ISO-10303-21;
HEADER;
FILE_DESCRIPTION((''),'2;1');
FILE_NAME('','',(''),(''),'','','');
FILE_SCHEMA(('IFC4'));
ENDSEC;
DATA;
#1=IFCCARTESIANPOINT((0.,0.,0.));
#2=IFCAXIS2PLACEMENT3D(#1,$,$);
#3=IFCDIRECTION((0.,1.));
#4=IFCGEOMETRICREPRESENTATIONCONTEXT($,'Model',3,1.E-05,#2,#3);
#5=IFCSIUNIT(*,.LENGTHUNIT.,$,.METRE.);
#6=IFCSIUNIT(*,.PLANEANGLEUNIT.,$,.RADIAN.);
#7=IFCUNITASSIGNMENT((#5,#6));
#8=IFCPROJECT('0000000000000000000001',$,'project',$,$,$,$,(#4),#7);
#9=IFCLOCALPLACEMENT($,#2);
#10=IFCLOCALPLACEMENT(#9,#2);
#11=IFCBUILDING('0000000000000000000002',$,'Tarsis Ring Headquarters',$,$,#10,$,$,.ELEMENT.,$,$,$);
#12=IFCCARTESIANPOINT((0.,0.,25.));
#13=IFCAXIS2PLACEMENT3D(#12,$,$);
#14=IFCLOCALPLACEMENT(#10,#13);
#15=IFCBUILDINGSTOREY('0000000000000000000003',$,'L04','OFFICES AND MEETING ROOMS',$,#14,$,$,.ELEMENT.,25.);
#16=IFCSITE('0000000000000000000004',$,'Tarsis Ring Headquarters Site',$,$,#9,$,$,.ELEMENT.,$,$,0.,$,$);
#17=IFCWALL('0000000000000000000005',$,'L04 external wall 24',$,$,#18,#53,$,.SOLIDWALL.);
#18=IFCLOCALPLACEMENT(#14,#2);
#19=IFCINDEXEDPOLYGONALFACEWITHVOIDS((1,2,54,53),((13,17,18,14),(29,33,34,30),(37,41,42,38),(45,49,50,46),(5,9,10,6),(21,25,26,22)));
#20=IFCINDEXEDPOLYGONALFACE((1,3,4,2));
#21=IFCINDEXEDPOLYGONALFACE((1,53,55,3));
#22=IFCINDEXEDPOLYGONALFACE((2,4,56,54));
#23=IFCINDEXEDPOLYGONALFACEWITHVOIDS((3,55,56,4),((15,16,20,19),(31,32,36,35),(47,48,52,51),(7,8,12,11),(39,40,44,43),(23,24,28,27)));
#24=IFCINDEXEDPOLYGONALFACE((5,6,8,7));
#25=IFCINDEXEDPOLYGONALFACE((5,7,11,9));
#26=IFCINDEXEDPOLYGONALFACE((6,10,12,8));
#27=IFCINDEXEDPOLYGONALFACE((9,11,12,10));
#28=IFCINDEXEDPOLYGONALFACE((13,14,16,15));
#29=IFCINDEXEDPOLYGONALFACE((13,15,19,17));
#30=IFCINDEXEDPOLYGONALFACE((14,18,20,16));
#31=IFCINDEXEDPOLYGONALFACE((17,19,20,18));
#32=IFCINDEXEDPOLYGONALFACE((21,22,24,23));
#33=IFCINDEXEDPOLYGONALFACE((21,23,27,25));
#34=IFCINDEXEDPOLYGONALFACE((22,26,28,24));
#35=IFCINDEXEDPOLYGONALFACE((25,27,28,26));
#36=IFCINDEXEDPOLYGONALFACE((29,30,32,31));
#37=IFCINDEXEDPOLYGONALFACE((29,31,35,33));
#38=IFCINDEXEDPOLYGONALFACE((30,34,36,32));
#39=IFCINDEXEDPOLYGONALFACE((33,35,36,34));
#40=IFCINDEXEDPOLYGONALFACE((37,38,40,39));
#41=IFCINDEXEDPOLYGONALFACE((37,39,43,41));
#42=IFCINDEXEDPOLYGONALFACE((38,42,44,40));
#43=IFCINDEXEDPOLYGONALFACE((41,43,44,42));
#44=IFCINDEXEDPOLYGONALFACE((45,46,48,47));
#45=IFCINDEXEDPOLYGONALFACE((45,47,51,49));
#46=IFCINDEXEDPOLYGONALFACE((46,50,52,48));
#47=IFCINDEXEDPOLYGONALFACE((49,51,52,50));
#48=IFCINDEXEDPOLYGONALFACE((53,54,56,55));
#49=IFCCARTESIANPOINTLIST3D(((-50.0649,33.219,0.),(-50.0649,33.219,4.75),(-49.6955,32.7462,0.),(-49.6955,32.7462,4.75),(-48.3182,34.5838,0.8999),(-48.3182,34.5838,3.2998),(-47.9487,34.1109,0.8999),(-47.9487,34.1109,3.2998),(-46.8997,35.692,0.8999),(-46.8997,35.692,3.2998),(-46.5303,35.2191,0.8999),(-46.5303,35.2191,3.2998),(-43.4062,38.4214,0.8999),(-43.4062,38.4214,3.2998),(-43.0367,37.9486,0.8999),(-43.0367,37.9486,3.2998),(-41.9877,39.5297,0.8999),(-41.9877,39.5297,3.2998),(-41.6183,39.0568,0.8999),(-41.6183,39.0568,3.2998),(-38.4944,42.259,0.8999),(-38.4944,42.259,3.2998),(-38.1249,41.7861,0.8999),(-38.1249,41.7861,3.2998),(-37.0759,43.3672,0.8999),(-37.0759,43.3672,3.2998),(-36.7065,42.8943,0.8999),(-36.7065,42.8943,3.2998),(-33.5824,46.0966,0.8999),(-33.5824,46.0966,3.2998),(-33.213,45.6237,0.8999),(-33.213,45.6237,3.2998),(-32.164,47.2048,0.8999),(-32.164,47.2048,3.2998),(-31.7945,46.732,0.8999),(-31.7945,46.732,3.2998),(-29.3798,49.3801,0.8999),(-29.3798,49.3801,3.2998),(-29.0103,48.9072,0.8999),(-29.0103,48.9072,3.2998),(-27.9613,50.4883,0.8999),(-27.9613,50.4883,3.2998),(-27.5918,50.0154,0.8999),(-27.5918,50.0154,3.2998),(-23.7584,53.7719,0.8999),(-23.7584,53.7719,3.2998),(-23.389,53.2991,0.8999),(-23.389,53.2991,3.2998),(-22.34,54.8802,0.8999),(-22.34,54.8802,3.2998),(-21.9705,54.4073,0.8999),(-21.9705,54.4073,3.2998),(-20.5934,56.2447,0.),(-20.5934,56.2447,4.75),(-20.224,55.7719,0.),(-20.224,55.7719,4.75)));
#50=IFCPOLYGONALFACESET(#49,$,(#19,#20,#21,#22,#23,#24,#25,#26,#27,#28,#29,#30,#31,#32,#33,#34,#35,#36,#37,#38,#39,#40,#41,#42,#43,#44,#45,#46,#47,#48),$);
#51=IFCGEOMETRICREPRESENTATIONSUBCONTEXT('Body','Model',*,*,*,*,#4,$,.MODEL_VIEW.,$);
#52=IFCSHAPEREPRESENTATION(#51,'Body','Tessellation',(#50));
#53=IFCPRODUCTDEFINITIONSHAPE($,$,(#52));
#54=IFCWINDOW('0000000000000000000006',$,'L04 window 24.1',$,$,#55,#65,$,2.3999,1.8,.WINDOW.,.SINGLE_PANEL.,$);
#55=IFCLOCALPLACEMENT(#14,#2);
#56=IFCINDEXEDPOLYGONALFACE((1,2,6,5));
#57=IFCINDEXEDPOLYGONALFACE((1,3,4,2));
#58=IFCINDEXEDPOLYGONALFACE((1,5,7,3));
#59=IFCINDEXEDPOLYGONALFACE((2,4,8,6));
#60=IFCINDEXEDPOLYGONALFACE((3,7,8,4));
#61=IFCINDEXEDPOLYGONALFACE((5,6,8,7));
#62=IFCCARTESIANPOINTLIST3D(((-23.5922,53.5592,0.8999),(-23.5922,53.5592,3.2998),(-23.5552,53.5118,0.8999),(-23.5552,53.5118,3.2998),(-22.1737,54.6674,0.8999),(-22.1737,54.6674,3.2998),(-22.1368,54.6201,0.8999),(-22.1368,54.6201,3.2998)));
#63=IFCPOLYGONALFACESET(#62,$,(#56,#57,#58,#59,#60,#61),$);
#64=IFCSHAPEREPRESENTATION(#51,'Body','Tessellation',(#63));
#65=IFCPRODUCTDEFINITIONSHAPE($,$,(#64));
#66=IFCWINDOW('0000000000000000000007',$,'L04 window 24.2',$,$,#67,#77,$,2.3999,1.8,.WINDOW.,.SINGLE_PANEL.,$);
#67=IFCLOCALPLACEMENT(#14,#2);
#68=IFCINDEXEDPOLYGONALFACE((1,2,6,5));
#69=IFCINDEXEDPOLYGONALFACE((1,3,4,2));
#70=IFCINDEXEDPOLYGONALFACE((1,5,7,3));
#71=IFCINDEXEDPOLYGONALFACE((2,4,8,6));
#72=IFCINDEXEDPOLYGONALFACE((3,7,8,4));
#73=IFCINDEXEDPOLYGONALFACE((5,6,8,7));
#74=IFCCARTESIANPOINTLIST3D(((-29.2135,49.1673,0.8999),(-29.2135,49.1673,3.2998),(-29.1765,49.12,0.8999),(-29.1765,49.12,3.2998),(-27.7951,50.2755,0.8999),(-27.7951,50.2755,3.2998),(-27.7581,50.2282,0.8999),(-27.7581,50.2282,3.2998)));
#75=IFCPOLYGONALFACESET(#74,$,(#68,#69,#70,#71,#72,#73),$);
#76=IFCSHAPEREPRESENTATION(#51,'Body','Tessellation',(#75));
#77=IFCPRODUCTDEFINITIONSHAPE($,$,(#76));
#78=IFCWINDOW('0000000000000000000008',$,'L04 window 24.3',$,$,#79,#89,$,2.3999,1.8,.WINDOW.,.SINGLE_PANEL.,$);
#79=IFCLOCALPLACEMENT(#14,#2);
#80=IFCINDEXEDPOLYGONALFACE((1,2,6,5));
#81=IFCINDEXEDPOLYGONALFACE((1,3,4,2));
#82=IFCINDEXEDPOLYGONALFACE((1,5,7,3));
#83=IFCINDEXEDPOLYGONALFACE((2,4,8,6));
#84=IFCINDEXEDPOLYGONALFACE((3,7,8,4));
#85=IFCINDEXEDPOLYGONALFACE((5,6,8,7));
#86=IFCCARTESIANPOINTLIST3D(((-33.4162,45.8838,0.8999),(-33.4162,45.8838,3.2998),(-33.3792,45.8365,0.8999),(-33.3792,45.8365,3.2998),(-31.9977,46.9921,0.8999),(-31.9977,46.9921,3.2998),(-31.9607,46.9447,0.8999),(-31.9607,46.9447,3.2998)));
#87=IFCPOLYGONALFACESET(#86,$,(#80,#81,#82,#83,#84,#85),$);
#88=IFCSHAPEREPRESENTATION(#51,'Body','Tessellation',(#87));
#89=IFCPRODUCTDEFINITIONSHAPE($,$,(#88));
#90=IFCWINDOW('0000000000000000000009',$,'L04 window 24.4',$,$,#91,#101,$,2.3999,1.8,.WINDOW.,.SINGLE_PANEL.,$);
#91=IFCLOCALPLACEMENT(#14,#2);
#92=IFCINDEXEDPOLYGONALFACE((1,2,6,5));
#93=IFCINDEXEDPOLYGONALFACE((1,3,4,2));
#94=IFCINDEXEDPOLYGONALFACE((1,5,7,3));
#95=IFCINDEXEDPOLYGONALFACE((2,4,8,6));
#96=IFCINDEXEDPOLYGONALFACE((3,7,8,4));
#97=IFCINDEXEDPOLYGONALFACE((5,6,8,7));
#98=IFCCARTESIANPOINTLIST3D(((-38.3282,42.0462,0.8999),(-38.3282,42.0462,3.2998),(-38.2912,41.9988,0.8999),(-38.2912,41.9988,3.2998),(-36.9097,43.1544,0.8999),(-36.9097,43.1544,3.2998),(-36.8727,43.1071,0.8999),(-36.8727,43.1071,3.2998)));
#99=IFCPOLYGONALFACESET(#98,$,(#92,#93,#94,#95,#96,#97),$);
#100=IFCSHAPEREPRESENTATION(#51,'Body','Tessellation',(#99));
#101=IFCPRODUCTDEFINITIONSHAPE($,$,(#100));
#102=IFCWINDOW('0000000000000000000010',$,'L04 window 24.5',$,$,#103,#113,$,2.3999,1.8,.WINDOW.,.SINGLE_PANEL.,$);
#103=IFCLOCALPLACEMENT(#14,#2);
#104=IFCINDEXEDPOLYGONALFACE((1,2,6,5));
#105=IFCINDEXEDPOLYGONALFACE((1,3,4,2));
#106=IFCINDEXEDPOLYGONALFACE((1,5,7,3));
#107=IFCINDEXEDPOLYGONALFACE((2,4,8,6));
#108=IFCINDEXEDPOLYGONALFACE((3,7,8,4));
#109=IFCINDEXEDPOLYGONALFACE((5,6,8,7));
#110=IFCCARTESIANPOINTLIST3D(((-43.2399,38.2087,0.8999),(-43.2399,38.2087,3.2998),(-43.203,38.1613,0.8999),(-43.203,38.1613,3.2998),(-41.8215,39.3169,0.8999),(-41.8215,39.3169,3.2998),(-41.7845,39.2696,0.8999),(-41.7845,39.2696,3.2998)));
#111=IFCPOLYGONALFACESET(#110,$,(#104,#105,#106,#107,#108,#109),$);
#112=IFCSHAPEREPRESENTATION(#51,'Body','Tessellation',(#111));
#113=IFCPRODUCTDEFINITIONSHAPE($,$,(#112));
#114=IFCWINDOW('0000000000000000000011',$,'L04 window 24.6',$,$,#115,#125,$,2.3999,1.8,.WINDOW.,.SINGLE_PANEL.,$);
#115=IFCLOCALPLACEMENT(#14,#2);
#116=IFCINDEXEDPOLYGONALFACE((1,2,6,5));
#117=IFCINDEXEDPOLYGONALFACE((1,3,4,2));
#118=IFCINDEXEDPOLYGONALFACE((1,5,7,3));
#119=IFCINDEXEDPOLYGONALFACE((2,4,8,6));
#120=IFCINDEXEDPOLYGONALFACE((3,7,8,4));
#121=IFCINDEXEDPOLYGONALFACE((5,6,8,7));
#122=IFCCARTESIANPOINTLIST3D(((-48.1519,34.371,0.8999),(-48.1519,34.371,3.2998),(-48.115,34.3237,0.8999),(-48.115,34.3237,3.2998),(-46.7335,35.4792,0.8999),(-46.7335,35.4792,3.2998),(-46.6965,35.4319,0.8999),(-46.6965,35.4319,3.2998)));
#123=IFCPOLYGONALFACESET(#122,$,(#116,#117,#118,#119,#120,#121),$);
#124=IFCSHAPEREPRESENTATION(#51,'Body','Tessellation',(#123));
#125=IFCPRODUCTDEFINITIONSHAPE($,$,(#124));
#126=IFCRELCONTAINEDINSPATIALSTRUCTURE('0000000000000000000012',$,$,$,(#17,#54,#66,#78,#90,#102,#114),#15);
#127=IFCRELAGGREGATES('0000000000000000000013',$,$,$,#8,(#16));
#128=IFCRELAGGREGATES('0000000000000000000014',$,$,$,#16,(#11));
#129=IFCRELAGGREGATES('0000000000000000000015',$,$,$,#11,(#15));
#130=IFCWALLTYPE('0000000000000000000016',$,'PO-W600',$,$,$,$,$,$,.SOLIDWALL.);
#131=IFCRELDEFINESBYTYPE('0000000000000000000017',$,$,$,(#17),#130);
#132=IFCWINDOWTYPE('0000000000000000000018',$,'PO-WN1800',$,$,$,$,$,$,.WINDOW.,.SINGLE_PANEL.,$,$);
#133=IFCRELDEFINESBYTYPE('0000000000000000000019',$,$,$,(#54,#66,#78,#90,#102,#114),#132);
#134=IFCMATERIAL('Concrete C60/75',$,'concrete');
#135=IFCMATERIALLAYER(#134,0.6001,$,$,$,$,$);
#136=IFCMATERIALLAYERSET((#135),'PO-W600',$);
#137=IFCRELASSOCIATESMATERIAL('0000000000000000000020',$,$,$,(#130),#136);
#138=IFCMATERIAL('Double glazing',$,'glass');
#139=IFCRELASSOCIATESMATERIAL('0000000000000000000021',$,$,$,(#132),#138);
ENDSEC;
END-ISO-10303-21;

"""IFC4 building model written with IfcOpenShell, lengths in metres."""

from ifc_helpers import new_model, si_unit, direction, frame, frame_2d, origin, place, context, subcontext, project, spatial, rectangle, extrude, material, layer, layer_set, type_object, element, fill, save


model = new_model("IFC4")

# Units and contexts
model_context = context("Model", 3, precision=1e-05, world=origin(), true_north=direction((0.0, 1.0)))
body_context = subcontext(model_context, "Body", "Model", "MODEL_VIEW")
ifc_project = project(units=[si_unit("LENGTHUNIT", "METRE"), si_unit("PLANEANGLEUNIT", "RADIAN")], contexts=[model_context])

# Site, building, storey
site_placement = place(None, origin())
site = spatial("IfcSite", under=ifc_project, at=site_placement, Name="Tarsis Ring Headquarters Site", CompositionType="ELEMENT", RefElevation=0.0)
building_placement = place(site_placement, origin())
building = spatial("IfcBuilding", under=site, at=building_placement, Name="Tarsis Ring Headquarters", CompositionType="ELEMENT")
storey_placement = place(building_placement, frame((0.0, 0.0, 25.0)))
storey = spatial("IfcBuildingStorey", under=building, at=storey_placement, Name="L04", Description="OFFICES AND MEETING ROOMS", CompositionType="ELEMENT", Elevation=25.0)

# Shared definitions
ifc_material_1 = material(Name="Concrete C60/75", Category="concrete")

# Wall, openings, windows
ifc_layer_1 = layer(ifc_material_1, 0.6001)
ifc_layer_set_1 = layer_set([ifc_layer_1], Name="PO-W600")
wall_type_1 = type_object("IfcWallType", Name="PO-W600", PredefinedType="SOLIDWALL", material=ifc_layer_set_1)
wall_1_placement = place(storey_placement, frame((-20.4087, 56.0083, 0.0), z_axis=(0.0, 0.0, 1.0), x_axis=(-0.78801, -0.615662, 0.0)))
wall_1 = element("IfcWall", 1, at=wall_1_placement, inside=storey, type_object=wall_type_1, Name="L04 external wall 24", PredefinedType="SOLIDWALL", context=body_context, shape_type="SweptSolid", body=[
    extrude(rectangle(XDim=37.3999, YDim=0.6001, at=frame_2d((18.7, 0.0))), origin(), (0.0, 0.0, 1.0), 4.75),
])
opening_1_placement = place(wall_1_placement, frame((2.2166, 0.0, 0.8999)))
opening_1 = element("IfcOpeningElement", 2, at=opening_1_placement, cuts=wall_1, PredefinedType="OPENING", context=body_context, shape_type="SweptSolid", body=[
    extrude(rectangle(XDim=1.8, YDim=2.3999, at=frame_2d((0.8999, 1.2))), frame((0.0, 0.3101, 0.0), z_axis=(0.0, -1.0, 0.0), x_axis=(1.0, 0.0, 0.0)), (0.0, 0.0, 1.0), 0.6201),
])
opening_2_placement = place(wall_1_placement, frame((9.3501, 0.0, 0.8999)))
opening_2 = element("IfcOpeningElement", 3, at=opening_2_placement, cuts=wall_1, PredefinedType="OPENING", context=body_context, shape_type="SweptSolid", body=[
    extrude(rectangle(XDim=1.8, YDim=2.3999, at=frame_2d((0.8999, 1.2))), frame((0.0, 0.3101, 0.0), z_axis=(0.0, -1.0, 0.0), x_axis=(1.0, 0.0, 0.0)), (0.0, 0.0, 1.0), 0.6201),
])
opening_3_placement = place(wall_1_placement, frame((14.6833, 0.0, 0.8999)))
opening_3 = element("IfcOpeningElement", 4, at=opening_3_placement, cuts=wall_1, PredefinedType="OPENING", context=body_context, shape_type="SweptSolid", body=[
    extrude(rectangle(XDim=1.8, YDim=2.3999, at=frame_2d((0.8999, 1.2))), frame((0.0, 0.3101, 0.0), z_axis=(0.0, -1.0, 0.0), x_axis=(1.0, 0.0, 0.0)), (0.0, 0.0, 1.0), 0.6201),
])
opening_4_placement = place(wall_1_placement, frame((20.9167, 0.0, 0.8999)))
opening_4 = element("IfcOpeningElement", 5, at=opening_4_placement, cuts=wall_1, PredefinedType="OPENING", context=body_context, shape_type="SweptSolid", body=[
    extrude(rectangle(XDim=1.8, YDim=2.3999, at=frame_2d((0.8999, 1.2))), frame((0.0, 0.3101, 0.0), z_axis=(0.0, -1.0, 0.0), x_axis=(1.0, 0.0, 0.0)), (0.0, 0.0, 1.0), 0.6201),
])
opening_5_placement = place(wall_1_placement, frame((27.1499, 0.0, 0.8999)))
opening_5 = element("IfcOpeningElement", 6, at=opening_5_placement, cuts=wall_1, PredefinedType="OPENING", context=body_context, shape_type="SweptSolid", body=[
    extrude(rectangle(XDim=1.8, YDim=2.3999, at=frame_2d((0.8999, 1.2))), frame((0.0, 0.3101, 0.0), z_axis=(0.0, -1.0, 0.0), x_axis=(1.0, 0.0, 0.0)), (0.0, 0.0, 1.0), 0.6201),
])
opening_6_placement = place(wall_1_placement, frame((33.3833, 0.0, 0.8999)))
opening_6 = element("IfcOpeningElement", 7, at=opening_6_placement, cuts=wall_1, PredefinedType="OPENING", context=body_context, shape_type="SweptSolid", body=[
    extrude(rectangle(XDim=1.8, YDim=2.3999, at=frame_2d((0.8999, 1.2))), frame((0.0, 0.3101, 0.0), z_axis=(0.0, -1.0, 0.0), x_axis=(1.0, 0.0, 0.0)), (0.0, 0.0, 1.0), 0.6201),
])
ifc_material_2 = material(Name="Double glazing", Category="glass")
window_type = type_object("IfcWindowType", Name="PO-WN1800", PartitioningType="SINGLE_PANEL", PredefinedType="WINDOW", material=ifc_material_2)
window_1_placement = place(opening_1_placement, origin())
window_1 = element("IfcWindow", 8, at=window_1_placement, inside=storey, type_object=window_type, Name="L04 window 24.1", OverallHeight=2.3999, OverallWidth=1.8, PartitioningType="SINGLE_PANEL", PredefinedType="WINDOW", context=body_context, shape_type="SweptSolid", body=[
    extrude(rectangle(XDim=1.8, YDim=2.3999, at=frame_2d((0.8999, 1.2))), frame((0.0, 0.03, 0.0), z_axis=(0.0, -1.0, 0.0), x_axis=(1.0, 0.0, 0.0)), (0.0, 0.0, 1.0), 0.0601),
])
fill(opening_1, window_1)
window_2_placement = place(opening_2_placement, origin())
window_2 = element("IfcWindow", 9, at=window_2_placement, inside=storey, type_object=window_type, Name="L04 window 24.2", OverallHeight=2.3999, OverallWidth=1.8, PartitioningType="SINGLE_PANEL", PredefinedType="WINDOW", context=body_context, shape_type="SweptSolid", body=[
    extrude(rectangle(XDim=1.8, YDim=2.3999, at=frame_2d((0.8999, 1.2))), frame((0.0, 0.03, 0.0), z_axis=(0.0, -1.0, 0.0), x_axis=(1.0, 0.0, 0.0)), (0.0, 0.0, 1.0), 0.0601),
])
fill(opening_2, window_2)
window_3_placement = place(opening_3_placement, origin())
window_3 = element("IfcWindow", 10, at=window_3_placement, inside=storey, type_object=window_type, Name="L04 window 24.3", OverallHeight=2.3999, OverallWidth=1.8, PartitioningType="SINGLE_PANEL", PredefinedType="WINDOW", context=body_context, shape_type="SweptSolid", body=[
    extrude(rectangle(XDim=1.8, YDim=2.3999, at=frame_2d((0.8999, 1.2))), frame((0.0, 0.03, 0.0), z_axis=(0.0, -1.0, 0.0), x_axis=(1.0, 0.0, 0.0)), (0.0, 0.0, 1.0), 0.0601),
])
fill(opening_3, window_3)
window_4_placement = place(opening_4_placement, origin())
window_4 = element("IfcWindow", 11, at=window_4_placement, inside=storey, type_object=window_type, Name="L04 window 24.4", OverallHeight=2.3999, OverallWidth=1.8, PartitioningType="SINGLE_PANEL", PredefinedType="WINDOW", context=body_context, shape_type="SweptSolid", body=[
    extrude(rectangle(XDim=1.8, YDim=2.3999, at=frame_2d((0.8999, 1.2))), frame((0.0, 0.03, 0.0), z_axis=(0.0, -1.0, 0.0), x_axis=(1.0, 0.0, 0.0)), (0.0, 0.0, 1.0), 0.0601),
])
fill(opening_4, window_4)
window_5_placement = place(opening_5_placement, origin())
window_5 = element("IfcWindow", 12, at=window_5_placement, inside=storey, type_object=window_type, Name="L04 window 24.5", OverallHeight=2.3999, OverallWidth=1.8, PartitioningType="SINGLE_PANEL", PredefinedType="WINDOW", context=body_context, shape_type="SweptSolid", body=[
    extrude(rectangle(XDim=1.8, YDim=2.3999, at=frame_2d((0.8999, 1.2))), frame((0.0, 0.03, 0.0), z_axis=(0.0, -1.0, 0.0), x_axis=(1.0, 0.0, 0.0)), (0.0, 0.0, 1.0), 0.0601),
])
fill(opening_5, window_5)
window_6_placement = place(opening_6_placement, origin())
window_6 = element("IfcWindow", 13, at=window_6_placement, inside=storey, type_object=window_type, Name="L04 window 24.6", OverallHeight=2.3999, OverallWidth=1.8, PartitioningType="SINGLE_PANEL", PredefinedType="WINDOW", context=body_context, shape_type="SweptSolid", body=[
    extrude(rectangle(XDim=1.8, YDim=2.3999, at=frame_2d((0.8999, 1.2))), frame((0.0, 0.03, 0.0), z_axis=(0.0, -1.0, 0.0), x_axis=(1.0, 0.0, 0.0)), (0.0, 0.0, 1.0), 0.0601),
])
fill(opening_6, window_6)

save(model, "model.ifc")
